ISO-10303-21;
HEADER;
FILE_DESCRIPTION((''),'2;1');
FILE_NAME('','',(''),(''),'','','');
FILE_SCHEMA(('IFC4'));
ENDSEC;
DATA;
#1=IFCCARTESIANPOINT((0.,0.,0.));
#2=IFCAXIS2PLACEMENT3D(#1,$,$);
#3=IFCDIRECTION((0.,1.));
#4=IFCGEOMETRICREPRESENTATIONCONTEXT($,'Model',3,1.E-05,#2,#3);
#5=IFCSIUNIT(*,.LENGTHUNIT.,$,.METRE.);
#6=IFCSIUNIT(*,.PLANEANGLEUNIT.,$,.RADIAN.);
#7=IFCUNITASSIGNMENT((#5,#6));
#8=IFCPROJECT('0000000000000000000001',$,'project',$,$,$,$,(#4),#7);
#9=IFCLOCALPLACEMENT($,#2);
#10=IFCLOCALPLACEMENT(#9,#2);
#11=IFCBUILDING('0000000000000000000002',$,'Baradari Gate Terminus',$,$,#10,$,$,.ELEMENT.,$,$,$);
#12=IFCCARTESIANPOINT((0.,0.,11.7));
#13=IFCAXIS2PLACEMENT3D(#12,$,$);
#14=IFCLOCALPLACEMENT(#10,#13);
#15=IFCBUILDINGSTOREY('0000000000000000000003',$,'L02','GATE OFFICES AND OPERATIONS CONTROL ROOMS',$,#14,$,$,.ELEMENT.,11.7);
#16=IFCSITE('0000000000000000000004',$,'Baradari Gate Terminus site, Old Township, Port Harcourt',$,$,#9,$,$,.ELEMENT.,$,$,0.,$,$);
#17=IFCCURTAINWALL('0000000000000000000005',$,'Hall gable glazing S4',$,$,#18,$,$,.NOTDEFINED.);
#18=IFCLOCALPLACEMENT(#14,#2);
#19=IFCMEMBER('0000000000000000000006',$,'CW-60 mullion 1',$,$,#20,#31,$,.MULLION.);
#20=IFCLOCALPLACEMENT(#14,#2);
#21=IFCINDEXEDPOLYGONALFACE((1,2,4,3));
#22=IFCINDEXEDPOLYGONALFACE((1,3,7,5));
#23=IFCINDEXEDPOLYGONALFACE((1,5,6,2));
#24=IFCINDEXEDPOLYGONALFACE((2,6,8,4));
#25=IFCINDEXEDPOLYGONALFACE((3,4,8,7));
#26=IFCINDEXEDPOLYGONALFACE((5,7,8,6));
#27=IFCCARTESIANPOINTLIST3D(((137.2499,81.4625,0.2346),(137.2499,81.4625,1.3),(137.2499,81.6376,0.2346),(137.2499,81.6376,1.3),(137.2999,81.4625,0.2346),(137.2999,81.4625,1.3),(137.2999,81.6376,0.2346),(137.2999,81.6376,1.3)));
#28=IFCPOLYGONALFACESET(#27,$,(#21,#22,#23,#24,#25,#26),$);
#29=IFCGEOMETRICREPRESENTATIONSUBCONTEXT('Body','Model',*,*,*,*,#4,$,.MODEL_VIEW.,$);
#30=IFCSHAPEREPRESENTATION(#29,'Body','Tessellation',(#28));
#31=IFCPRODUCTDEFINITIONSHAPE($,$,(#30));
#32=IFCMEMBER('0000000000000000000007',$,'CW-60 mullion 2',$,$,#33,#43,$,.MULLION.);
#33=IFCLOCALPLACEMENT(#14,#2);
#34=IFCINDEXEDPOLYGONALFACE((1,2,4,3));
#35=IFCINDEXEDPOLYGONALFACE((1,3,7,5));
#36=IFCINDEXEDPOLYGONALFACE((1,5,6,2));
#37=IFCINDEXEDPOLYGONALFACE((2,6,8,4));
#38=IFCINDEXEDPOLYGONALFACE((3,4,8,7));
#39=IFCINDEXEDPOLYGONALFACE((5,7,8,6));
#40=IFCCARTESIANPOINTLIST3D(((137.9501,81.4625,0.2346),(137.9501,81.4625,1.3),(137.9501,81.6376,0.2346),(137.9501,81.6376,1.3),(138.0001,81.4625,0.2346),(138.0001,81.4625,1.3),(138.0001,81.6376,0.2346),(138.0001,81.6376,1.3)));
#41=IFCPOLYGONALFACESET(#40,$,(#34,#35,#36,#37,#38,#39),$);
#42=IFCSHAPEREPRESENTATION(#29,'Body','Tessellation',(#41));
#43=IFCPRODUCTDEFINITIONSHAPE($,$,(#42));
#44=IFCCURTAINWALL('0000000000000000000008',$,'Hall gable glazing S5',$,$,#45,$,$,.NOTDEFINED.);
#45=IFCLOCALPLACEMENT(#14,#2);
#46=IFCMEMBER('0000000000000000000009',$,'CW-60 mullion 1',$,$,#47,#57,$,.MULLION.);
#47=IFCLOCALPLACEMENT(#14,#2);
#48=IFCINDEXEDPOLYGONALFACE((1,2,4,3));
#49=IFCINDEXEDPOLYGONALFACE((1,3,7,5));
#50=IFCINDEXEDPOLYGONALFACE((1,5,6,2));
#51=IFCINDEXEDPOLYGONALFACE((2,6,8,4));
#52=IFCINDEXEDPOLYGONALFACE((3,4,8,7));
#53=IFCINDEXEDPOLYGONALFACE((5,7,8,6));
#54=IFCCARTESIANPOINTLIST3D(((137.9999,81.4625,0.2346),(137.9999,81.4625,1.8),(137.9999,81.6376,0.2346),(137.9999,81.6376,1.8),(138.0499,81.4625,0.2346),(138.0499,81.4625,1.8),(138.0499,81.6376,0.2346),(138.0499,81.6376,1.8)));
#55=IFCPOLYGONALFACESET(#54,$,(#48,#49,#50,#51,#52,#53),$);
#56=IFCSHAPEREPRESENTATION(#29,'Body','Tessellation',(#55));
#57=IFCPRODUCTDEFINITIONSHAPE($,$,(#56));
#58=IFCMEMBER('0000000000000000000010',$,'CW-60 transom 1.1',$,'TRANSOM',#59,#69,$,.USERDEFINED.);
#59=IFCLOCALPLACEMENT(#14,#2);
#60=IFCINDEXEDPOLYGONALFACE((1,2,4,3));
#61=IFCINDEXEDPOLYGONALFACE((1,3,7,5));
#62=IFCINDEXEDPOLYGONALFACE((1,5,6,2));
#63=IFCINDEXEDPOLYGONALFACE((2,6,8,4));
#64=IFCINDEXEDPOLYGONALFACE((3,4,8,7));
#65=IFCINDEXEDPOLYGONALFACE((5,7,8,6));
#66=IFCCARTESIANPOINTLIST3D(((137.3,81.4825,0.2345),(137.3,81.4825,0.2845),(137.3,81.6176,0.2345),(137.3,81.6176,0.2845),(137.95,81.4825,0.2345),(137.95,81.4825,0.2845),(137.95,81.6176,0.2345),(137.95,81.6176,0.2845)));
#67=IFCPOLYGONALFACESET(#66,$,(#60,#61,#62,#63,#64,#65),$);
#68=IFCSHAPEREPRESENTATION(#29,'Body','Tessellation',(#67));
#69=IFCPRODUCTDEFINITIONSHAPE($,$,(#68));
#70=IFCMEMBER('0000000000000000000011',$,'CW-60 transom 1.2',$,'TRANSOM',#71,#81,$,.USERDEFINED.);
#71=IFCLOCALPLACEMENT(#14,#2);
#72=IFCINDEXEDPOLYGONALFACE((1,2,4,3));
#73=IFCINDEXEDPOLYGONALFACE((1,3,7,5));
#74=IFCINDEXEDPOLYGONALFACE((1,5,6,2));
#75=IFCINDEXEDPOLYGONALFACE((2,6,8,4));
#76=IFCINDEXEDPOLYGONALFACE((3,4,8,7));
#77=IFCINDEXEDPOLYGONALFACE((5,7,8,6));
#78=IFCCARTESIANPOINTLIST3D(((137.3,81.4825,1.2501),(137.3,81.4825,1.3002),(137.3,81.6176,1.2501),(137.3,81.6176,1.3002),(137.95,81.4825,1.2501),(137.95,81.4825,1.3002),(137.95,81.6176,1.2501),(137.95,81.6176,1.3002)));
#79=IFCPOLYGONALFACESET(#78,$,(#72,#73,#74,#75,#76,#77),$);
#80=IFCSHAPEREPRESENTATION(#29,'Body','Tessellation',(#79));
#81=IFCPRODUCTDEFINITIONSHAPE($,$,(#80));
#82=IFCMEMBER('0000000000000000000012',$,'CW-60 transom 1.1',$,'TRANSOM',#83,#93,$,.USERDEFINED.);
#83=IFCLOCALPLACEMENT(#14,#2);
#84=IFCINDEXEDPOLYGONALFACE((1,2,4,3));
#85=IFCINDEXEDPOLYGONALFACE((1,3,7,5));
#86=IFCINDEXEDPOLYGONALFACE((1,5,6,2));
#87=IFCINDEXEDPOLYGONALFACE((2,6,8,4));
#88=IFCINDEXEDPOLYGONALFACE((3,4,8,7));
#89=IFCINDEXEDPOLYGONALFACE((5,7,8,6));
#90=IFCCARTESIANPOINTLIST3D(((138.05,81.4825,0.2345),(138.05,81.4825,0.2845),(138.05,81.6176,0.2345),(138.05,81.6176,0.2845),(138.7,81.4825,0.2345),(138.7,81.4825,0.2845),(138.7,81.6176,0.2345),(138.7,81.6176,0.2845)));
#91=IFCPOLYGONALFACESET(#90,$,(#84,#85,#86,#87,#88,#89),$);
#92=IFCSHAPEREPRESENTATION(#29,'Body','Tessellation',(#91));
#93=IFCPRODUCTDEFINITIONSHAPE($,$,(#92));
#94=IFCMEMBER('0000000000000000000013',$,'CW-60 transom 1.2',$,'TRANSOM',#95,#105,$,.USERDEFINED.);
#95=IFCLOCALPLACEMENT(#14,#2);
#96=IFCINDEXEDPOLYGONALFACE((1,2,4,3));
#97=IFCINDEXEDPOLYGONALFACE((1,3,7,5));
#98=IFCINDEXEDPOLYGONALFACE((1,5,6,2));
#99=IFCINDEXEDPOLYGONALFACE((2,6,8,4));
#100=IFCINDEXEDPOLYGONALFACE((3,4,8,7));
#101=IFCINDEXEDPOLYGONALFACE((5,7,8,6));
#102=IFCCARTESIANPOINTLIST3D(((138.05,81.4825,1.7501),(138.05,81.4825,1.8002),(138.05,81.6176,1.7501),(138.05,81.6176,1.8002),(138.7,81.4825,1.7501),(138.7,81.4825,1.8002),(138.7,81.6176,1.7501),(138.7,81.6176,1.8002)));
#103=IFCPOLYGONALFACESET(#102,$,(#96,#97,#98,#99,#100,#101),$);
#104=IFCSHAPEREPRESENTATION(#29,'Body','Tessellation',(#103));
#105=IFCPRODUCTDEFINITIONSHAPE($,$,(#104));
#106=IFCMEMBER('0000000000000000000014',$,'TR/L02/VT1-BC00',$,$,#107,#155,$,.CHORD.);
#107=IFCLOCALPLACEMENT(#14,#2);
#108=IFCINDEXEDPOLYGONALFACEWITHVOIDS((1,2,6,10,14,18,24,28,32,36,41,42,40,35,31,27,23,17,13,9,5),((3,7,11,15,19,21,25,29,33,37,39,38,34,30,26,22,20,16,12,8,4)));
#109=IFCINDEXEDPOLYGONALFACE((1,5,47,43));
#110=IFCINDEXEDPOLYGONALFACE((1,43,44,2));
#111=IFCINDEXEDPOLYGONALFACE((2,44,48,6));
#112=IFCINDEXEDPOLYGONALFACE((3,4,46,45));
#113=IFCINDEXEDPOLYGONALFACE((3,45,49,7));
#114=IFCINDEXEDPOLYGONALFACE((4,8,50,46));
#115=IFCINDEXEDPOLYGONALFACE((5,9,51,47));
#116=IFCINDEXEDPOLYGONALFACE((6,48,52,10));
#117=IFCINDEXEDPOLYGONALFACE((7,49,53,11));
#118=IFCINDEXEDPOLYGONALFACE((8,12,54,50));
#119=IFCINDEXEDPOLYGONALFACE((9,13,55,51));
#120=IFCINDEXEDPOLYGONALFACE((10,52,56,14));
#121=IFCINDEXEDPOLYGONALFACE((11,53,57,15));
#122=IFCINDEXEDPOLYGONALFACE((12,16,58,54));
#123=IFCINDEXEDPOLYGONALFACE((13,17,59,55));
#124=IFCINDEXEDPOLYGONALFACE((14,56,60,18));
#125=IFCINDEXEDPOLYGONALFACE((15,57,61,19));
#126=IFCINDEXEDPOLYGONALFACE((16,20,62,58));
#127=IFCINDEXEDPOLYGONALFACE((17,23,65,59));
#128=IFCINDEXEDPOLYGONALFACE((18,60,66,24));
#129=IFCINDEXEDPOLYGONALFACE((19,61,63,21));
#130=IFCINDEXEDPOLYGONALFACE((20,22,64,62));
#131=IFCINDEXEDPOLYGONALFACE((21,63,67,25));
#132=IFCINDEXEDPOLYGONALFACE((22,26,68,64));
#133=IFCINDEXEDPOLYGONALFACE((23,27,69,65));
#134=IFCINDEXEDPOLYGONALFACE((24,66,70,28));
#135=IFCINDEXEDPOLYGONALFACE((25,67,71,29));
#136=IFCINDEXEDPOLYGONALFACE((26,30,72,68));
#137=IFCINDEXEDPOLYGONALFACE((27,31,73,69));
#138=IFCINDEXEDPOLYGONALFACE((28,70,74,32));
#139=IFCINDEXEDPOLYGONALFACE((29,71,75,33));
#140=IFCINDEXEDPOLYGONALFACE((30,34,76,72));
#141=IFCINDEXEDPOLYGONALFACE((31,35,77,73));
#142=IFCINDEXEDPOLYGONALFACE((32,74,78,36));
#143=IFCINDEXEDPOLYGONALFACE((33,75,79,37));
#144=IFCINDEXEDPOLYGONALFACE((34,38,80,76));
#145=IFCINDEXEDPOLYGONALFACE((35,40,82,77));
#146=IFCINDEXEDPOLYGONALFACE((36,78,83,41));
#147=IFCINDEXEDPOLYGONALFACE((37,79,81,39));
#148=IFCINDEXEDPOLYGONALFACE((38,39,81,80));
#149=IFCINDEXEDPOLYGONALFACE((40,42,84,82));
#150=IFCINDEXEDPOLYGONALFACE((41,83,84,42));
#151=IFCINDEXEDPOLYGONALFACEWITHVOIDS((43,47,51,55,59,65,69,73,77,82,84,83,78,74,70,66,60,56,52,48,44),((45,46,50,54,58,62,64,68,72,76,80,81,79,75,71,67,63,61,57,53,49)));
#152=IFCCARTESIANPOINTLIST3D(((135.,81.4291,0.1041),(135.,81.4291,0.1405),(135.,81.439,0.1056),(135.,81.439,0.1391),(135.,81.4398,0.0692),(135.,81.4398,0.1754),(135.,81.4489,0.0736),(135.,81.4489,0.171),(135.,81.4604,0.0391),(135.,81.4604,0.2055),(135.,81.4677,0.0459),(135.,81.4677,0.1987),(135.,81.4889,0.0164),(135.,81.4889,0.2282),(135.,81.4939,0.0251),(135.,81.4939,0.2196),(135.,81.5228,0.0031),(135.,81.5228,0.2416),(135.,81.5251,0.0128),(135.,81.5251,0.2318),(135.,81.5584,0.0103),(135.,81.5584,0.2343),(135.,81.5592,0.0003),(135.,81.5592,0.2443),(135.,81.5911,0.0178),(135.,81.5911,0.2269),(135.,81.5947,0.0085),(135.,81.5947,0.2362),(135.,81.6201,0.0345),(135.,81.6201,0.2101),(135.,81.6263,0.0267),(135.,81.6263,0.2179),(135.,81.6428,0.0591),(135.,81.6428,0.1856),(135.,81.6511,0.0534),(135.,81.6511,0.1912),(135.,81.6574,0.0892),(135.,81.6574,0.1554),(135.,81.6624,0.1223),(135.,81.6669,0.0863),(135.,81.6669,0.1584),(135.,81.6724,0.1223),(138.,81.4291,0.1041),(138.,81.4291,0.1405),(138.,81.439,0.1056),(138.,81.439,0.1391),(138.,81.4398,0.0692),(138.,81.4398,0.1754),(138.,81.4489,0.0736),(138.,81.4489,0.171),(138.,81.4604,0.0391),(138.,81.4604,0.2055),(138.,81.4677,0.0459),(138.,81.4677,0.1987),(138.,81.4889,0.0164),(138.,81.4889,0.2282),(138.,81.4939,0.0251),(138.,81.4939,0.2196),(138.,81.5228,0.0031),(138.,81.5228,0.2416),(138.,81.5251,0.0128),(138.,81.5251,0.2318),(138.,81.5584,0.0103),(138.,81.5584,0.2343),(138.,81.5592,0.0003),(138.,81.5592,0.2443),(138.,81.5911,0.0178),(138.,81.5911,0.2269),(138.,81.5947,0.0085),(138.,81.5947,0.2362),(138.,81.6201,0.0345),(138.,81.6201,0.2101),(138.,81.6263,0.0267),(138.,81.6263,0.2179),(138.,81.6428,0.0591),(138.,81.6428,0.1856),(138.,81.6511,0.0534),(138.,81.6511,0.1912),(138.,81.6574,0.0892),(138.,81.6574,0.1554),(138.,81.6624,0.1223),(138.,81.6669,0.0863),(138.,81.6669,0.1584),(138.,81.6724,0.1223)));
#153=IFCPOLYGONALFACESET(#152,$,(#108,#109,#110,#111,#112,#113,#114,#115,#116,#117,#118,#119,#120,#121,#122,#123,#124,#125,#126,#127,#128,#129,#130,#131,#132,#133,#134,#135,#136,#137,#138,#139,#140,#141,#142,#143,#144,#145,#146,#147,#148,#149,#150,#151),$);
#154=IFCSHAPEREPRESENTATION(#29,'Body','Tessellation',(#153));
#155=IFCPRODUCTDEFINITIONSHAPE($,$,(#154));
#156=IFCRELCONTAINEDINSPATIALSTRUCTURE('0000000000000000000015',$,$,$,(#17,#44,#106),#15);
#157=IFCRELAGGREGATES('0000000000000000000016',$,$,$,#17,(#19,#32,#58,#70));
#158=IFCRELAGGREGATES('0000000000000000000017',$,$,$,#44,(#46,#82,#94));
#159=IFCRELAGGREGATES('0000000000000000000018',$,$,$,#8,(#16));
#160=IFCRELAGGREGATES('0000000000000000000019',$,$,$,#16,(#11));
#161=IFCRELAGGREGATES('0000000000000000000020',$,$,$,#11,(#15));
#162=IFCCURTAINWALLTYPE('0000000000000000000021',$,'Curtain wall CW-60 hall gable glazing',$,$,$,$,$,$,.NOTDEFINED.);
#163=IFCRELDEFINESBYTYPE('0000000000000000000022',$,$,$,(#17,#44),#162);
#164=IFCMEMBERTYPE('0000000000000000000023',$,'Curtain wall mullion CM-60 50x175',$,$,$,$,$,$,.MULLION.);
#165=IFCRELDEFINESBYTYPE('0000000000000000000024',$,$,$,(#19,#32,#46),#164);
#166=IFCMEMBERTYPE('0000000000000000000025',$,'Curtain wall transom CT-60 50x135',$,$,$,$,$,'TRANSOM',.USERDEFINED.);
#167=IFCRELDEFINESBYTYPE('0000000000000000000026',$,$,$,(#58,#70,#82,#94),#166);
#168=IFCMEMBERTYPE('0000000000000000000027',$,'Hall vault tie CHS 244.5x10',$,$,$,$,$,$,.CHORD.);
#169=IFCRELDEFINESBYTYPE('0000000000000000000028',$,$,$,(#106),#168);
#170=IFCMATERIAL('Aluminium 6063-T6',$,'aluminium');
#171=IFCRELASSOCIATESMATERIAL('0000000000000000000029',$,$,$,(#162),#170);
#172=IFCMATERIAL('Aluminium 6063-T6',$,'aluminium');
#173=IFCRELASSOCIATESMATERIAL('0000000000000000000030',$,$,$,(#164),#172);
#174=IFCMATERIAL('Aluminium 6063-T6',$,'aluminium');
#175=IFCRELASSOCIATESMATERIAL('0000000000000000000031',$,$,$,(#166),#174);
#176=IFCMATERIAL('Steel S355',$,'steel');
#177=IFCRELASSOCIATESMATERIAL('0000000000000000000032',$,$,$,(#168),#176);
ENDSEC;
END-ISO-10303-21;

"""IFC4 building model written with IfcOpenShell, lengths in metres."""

from ifc_helpers import new_model, si_unit, direction, frame, origin, origin_2d, place, context, subcontext, project, spatial, rectangle, hollow_circle, extrude, material, material_profile, profile_set, type_object, element, aggregate, save


model = new_model("IFC4")

# Units and contexts
model_context = context("Model", 3, precision=1e-05, world=origin(), true_north=direction((0.0, 1.0)))
body_context = subcontext(model_context, "Body", "Model", "MODEL_VIEW")
ifc_project = project(units=[si_unit("LENGTHUNIT", "METRE"), si_unit("PLANEANGLEUNIT", "RADIAN")], contexts=[model_context])

# Site, building, storey
site_placement = place(None, origin())
site = spatial("IfcSite", under=ifc_project, at=site_placement, Name="Baradari Gate Terminus site, Old Township, Port Harcourt", CompositionType="ELEMENT", RefElevation=0.0)
building_placement = place(site_placement, origin())
building = spatial("IfcBuilding", under=site, at=building_placement, Name="Baradari Gate Terminus", CompositionType="ELEMENT")
storey_placement = place(building_placement, frame((0.0, 0.0, 11.7)))
storey = spatial("IfcBuildingStorey", under=building, at=storey_placement, Name="L02", Description="GATE OFFICES AND OPERATIONS CONTROL ROOMS", CompositionType="ELEMENT", Elevation=11.7)

# Curtain wall, members
ifc_material_1 = material(Name="Aluminium 6063-T6", Category="aluminium")
curtain_wall_type = type_object("IfcCurtainWallType", Name="Curtain wall CW-60 hall gable glazing", PredefinedType="NOTDEFINED", material=ifc_material_1)
curtain_wall_1_placement = place(storey_placement, origin())
curtain_wall_1 = element("IfcCurtainWall", 1, at=curtain_wall_1_placement, inside=storey, type_object=curtain_wall_type, Name="Hall gable glazing S4", PredefinedType="NOTDEFINED")
ifc_material_2 = material(Name="Aluminium 6063-T6", Category="aluminium")
ifc_material_profile_1 = material_profile(ifc_material_2, rectangle(XDim=0.175, YDim=0.05, at=origin_2d()), Name="CM-60 50X175")
ifc_profile_set_1 = profile_set([ifc_material_profile_1], Name="Aluminium 6063-T6")
member_type_1 = type_object("IfcMemberType", Name="Curtain wall mullion CM-60 50x175", PredefinedType="MULLION", material=ifc_profile_set_1)
member_1_placement = place(storey_placement, frame((137.2749, 81.55, 0.2346), z_axis=(0.0, 0.0, 1.0), x_axis=(0.0, 1.0, 0.0)))
member_1 = element("IfcMember", 2, at=member_1_placement, type_object=member_type_1, Name="CW-60 mullion 1", PredefinedType="MULLION", context=body_context, shape_type="SweptSolid", body=[
    extrude(rectangle(XDim=0.175, YDim=0.05, at=origin_2d()), origin(), (0.0, 0.0, 1.0), 1.0654),
])
member_2_placement = place(storey_placement, frame((137.9751, 81.55, 0.2346), z_axis=(0.0, 0.0, 1.0), x_axis=(0.0, 1.0, 0.0)))
member_2 = element("IfcMember", 3, at=member_2_placement, type_object=member_type_1, Name="CW-60 mullion 2", PredefinedType="MULLION", context=body_context, shape_type="SweptSolid", body=[
    extrude(rectangle(XDim=0.175, YDim=0.05, at=origin_2d()), origin(), (0.0, 0.0, 1.0), 1.0654),
])

# Curtain wall, member
curtain_wall_2_placement = place(storey_placement, origin())
curtain_wall_2 = element("IfcCurtainWall", 4, at=curtain_wall_2_placement, inside=storey, type_object=curtain_wall_type, Name="Hall gable glazing S5", PredefinedType="NOTDEFINED")
member_3_placement = place(storey_placement, frame((138.0249, 81.55, 0.2346), z_axis=(0.0, 0.0, 1.0), x_axis=(0.0, 1.0, 0.0)))
member_3 = element("IfcMember", 5, at=member_3_placement, type_object=member_type_1, Name="CW-60 mullion 1", PredefinedType="MULLION", context=body_context, shape_type="SweptSolid", body=[
    extrude(rectangle(XDim=0.175, YDim=0.05, at=origin_2d()), origin(), (0.0, 0.0, 1.0), 1.5654),
])

# Members
ifc_material_3 = material(Name="Aluminium 6063-T6", Category="aluminium")
ifc_material_profile_2 = material_profile(ifc_material_3, rectangle(XDim=0.135, YDim=0.05, at=origin_2d()), Name="CT-60 50X135")
ifc_profile_set_2 = profile_set([ifc_material_profile_2], Name="Aluminium 6063-T6")
member_type_2 = type_object("IfcMemberType", Name="Curtain wall transom CT-60 50x135", ElementType="TRANSOM", PredefinedType="USERDEFINED", material=ifc_profile_set_2)
member_4_placement = place(storey_placement, frame((137.3, 81.55, 0.2595), z_axis=(1.0, 0.0, 0.0), x_axis=(0.0, 1.0, 0.0)))
member_4 = element("IfcMember", 6, at=member_4_placement, type_object=member_type_2, Name="CW-60 transom 1.1", ObjectType="TRANSOM", PredefinedType="USERDEFINED", context=body_context, shape_type="SweptSolid", body=[
    extrude(rectangle(XDim=0.135, YDim=0.05, at=origin_2d()), origin(), (0.0, 0.0, 1.0), 0.6499),
])
member_5_placement = place(storey_placement, frame((137.3, 81.55, 1.2751), z_axis=(1.0, 0.0, 0.0), x_axis=(0.0, 1.0, 0.0)))
member_5 = element("IfcMember", 7, at=member_5_placement, type_object=member_type_2, Name="CW-60 transom 1.2", ObjectType="TRANSOM", PredefinedType="USERDEFINED", context=body_context, shape_type="SweptSolid", body=[
    extrude(rectangle(XDim=0.135, YDim=0.05, at=origin_2d()), origin(), (0.0, 0.0, 1.0), 0.6499),
])
member_6_placement = place(storey_placement, frame((138.05, 81.55, 0.2595), z_axis=(1.0, 0.0, 0.0), x_axis=(0.0, 1.0, 0.0)))
member_6 = element("IfcMember", 8, at=member_6_placement, type_object=member_type_2, Name="CW-60 transom 1.1", ObjectType="TRANSOM", PredefinedType="USERDEFINED", context=body_context, shape_type="SweptSolid", body=[
    extrude(rectangle(XDim=0.135, YDim=0.05, at=origin_2d()), origin(), (0.0, 0.0, 1.0), 0.6499),
])
member_7_placement = place(storey_placement, frame((138.05, 81.55, 1.7751), z_axis=(1.0, 0.0, 0.0), x_axis=(0.0, 1.0, 0.0)))
member_7 = element("IfcMember", 9, at=member_7_placement, type_object=member_type_2, Name="CW-60 transom 1.2", ObjectType="TRANSOM", PredefinedType="USERDEFINED", context=body_context, shape_type="SweptSolid", body=[
    extrude(rectangle(XDim=0.135, YDim=0.05, at=origin_2d()), origin(), (0.0, 0.0, 1.0), 0.6499),
])

# Member
ifc_material_4 = material(Name="Steel S355", Category="steel")
ifc_material_profile_3 = material_profile(ifc_material_4, hollow_circle(Radius=0.1223, WallThickness=0.01, at=origin_2d()), Name="CHS 244.5x10")
ifc_profile_set_3 = profile_set([ifc_material_profile_3], Name="Steel S355")
member_type_3 = type_object("IfcMemberType", Name="Hall vault tie CHS 244.5x10", PredefinedType="CHORD", material=ifc_profile_set_3)
for number, where, z_axis, x_axis, name in (
    (10, (135.0, 81.55, 0.1223), (1.0, 0.0, 0.0), (0.0, 1.0, 0.0), "TR/L02/VT1-BC00"),
):
    element("IfcMember", number, at=place(storey_placement, frame(where, z_axis=z_axis, x_axis=x_axis)), inside=storey, type_object=member_type_3, Name=name, PredefinedType="CHORD", context=body_context, shape_type="SweptSolid", body=[
        extrude(hollow_circle(Radius=0.1223, WallThickness=0.01, at=origin_2d()), origin(), (0.0, 0.0, 1.0), 3.0),
    ])

aggregate(curtain_wall_1, [member_1, member_2, member_4, member_5])
aggregate(curtain_wall_2, [member_3, member_6, member_7])

save(model, "model.ifc")
